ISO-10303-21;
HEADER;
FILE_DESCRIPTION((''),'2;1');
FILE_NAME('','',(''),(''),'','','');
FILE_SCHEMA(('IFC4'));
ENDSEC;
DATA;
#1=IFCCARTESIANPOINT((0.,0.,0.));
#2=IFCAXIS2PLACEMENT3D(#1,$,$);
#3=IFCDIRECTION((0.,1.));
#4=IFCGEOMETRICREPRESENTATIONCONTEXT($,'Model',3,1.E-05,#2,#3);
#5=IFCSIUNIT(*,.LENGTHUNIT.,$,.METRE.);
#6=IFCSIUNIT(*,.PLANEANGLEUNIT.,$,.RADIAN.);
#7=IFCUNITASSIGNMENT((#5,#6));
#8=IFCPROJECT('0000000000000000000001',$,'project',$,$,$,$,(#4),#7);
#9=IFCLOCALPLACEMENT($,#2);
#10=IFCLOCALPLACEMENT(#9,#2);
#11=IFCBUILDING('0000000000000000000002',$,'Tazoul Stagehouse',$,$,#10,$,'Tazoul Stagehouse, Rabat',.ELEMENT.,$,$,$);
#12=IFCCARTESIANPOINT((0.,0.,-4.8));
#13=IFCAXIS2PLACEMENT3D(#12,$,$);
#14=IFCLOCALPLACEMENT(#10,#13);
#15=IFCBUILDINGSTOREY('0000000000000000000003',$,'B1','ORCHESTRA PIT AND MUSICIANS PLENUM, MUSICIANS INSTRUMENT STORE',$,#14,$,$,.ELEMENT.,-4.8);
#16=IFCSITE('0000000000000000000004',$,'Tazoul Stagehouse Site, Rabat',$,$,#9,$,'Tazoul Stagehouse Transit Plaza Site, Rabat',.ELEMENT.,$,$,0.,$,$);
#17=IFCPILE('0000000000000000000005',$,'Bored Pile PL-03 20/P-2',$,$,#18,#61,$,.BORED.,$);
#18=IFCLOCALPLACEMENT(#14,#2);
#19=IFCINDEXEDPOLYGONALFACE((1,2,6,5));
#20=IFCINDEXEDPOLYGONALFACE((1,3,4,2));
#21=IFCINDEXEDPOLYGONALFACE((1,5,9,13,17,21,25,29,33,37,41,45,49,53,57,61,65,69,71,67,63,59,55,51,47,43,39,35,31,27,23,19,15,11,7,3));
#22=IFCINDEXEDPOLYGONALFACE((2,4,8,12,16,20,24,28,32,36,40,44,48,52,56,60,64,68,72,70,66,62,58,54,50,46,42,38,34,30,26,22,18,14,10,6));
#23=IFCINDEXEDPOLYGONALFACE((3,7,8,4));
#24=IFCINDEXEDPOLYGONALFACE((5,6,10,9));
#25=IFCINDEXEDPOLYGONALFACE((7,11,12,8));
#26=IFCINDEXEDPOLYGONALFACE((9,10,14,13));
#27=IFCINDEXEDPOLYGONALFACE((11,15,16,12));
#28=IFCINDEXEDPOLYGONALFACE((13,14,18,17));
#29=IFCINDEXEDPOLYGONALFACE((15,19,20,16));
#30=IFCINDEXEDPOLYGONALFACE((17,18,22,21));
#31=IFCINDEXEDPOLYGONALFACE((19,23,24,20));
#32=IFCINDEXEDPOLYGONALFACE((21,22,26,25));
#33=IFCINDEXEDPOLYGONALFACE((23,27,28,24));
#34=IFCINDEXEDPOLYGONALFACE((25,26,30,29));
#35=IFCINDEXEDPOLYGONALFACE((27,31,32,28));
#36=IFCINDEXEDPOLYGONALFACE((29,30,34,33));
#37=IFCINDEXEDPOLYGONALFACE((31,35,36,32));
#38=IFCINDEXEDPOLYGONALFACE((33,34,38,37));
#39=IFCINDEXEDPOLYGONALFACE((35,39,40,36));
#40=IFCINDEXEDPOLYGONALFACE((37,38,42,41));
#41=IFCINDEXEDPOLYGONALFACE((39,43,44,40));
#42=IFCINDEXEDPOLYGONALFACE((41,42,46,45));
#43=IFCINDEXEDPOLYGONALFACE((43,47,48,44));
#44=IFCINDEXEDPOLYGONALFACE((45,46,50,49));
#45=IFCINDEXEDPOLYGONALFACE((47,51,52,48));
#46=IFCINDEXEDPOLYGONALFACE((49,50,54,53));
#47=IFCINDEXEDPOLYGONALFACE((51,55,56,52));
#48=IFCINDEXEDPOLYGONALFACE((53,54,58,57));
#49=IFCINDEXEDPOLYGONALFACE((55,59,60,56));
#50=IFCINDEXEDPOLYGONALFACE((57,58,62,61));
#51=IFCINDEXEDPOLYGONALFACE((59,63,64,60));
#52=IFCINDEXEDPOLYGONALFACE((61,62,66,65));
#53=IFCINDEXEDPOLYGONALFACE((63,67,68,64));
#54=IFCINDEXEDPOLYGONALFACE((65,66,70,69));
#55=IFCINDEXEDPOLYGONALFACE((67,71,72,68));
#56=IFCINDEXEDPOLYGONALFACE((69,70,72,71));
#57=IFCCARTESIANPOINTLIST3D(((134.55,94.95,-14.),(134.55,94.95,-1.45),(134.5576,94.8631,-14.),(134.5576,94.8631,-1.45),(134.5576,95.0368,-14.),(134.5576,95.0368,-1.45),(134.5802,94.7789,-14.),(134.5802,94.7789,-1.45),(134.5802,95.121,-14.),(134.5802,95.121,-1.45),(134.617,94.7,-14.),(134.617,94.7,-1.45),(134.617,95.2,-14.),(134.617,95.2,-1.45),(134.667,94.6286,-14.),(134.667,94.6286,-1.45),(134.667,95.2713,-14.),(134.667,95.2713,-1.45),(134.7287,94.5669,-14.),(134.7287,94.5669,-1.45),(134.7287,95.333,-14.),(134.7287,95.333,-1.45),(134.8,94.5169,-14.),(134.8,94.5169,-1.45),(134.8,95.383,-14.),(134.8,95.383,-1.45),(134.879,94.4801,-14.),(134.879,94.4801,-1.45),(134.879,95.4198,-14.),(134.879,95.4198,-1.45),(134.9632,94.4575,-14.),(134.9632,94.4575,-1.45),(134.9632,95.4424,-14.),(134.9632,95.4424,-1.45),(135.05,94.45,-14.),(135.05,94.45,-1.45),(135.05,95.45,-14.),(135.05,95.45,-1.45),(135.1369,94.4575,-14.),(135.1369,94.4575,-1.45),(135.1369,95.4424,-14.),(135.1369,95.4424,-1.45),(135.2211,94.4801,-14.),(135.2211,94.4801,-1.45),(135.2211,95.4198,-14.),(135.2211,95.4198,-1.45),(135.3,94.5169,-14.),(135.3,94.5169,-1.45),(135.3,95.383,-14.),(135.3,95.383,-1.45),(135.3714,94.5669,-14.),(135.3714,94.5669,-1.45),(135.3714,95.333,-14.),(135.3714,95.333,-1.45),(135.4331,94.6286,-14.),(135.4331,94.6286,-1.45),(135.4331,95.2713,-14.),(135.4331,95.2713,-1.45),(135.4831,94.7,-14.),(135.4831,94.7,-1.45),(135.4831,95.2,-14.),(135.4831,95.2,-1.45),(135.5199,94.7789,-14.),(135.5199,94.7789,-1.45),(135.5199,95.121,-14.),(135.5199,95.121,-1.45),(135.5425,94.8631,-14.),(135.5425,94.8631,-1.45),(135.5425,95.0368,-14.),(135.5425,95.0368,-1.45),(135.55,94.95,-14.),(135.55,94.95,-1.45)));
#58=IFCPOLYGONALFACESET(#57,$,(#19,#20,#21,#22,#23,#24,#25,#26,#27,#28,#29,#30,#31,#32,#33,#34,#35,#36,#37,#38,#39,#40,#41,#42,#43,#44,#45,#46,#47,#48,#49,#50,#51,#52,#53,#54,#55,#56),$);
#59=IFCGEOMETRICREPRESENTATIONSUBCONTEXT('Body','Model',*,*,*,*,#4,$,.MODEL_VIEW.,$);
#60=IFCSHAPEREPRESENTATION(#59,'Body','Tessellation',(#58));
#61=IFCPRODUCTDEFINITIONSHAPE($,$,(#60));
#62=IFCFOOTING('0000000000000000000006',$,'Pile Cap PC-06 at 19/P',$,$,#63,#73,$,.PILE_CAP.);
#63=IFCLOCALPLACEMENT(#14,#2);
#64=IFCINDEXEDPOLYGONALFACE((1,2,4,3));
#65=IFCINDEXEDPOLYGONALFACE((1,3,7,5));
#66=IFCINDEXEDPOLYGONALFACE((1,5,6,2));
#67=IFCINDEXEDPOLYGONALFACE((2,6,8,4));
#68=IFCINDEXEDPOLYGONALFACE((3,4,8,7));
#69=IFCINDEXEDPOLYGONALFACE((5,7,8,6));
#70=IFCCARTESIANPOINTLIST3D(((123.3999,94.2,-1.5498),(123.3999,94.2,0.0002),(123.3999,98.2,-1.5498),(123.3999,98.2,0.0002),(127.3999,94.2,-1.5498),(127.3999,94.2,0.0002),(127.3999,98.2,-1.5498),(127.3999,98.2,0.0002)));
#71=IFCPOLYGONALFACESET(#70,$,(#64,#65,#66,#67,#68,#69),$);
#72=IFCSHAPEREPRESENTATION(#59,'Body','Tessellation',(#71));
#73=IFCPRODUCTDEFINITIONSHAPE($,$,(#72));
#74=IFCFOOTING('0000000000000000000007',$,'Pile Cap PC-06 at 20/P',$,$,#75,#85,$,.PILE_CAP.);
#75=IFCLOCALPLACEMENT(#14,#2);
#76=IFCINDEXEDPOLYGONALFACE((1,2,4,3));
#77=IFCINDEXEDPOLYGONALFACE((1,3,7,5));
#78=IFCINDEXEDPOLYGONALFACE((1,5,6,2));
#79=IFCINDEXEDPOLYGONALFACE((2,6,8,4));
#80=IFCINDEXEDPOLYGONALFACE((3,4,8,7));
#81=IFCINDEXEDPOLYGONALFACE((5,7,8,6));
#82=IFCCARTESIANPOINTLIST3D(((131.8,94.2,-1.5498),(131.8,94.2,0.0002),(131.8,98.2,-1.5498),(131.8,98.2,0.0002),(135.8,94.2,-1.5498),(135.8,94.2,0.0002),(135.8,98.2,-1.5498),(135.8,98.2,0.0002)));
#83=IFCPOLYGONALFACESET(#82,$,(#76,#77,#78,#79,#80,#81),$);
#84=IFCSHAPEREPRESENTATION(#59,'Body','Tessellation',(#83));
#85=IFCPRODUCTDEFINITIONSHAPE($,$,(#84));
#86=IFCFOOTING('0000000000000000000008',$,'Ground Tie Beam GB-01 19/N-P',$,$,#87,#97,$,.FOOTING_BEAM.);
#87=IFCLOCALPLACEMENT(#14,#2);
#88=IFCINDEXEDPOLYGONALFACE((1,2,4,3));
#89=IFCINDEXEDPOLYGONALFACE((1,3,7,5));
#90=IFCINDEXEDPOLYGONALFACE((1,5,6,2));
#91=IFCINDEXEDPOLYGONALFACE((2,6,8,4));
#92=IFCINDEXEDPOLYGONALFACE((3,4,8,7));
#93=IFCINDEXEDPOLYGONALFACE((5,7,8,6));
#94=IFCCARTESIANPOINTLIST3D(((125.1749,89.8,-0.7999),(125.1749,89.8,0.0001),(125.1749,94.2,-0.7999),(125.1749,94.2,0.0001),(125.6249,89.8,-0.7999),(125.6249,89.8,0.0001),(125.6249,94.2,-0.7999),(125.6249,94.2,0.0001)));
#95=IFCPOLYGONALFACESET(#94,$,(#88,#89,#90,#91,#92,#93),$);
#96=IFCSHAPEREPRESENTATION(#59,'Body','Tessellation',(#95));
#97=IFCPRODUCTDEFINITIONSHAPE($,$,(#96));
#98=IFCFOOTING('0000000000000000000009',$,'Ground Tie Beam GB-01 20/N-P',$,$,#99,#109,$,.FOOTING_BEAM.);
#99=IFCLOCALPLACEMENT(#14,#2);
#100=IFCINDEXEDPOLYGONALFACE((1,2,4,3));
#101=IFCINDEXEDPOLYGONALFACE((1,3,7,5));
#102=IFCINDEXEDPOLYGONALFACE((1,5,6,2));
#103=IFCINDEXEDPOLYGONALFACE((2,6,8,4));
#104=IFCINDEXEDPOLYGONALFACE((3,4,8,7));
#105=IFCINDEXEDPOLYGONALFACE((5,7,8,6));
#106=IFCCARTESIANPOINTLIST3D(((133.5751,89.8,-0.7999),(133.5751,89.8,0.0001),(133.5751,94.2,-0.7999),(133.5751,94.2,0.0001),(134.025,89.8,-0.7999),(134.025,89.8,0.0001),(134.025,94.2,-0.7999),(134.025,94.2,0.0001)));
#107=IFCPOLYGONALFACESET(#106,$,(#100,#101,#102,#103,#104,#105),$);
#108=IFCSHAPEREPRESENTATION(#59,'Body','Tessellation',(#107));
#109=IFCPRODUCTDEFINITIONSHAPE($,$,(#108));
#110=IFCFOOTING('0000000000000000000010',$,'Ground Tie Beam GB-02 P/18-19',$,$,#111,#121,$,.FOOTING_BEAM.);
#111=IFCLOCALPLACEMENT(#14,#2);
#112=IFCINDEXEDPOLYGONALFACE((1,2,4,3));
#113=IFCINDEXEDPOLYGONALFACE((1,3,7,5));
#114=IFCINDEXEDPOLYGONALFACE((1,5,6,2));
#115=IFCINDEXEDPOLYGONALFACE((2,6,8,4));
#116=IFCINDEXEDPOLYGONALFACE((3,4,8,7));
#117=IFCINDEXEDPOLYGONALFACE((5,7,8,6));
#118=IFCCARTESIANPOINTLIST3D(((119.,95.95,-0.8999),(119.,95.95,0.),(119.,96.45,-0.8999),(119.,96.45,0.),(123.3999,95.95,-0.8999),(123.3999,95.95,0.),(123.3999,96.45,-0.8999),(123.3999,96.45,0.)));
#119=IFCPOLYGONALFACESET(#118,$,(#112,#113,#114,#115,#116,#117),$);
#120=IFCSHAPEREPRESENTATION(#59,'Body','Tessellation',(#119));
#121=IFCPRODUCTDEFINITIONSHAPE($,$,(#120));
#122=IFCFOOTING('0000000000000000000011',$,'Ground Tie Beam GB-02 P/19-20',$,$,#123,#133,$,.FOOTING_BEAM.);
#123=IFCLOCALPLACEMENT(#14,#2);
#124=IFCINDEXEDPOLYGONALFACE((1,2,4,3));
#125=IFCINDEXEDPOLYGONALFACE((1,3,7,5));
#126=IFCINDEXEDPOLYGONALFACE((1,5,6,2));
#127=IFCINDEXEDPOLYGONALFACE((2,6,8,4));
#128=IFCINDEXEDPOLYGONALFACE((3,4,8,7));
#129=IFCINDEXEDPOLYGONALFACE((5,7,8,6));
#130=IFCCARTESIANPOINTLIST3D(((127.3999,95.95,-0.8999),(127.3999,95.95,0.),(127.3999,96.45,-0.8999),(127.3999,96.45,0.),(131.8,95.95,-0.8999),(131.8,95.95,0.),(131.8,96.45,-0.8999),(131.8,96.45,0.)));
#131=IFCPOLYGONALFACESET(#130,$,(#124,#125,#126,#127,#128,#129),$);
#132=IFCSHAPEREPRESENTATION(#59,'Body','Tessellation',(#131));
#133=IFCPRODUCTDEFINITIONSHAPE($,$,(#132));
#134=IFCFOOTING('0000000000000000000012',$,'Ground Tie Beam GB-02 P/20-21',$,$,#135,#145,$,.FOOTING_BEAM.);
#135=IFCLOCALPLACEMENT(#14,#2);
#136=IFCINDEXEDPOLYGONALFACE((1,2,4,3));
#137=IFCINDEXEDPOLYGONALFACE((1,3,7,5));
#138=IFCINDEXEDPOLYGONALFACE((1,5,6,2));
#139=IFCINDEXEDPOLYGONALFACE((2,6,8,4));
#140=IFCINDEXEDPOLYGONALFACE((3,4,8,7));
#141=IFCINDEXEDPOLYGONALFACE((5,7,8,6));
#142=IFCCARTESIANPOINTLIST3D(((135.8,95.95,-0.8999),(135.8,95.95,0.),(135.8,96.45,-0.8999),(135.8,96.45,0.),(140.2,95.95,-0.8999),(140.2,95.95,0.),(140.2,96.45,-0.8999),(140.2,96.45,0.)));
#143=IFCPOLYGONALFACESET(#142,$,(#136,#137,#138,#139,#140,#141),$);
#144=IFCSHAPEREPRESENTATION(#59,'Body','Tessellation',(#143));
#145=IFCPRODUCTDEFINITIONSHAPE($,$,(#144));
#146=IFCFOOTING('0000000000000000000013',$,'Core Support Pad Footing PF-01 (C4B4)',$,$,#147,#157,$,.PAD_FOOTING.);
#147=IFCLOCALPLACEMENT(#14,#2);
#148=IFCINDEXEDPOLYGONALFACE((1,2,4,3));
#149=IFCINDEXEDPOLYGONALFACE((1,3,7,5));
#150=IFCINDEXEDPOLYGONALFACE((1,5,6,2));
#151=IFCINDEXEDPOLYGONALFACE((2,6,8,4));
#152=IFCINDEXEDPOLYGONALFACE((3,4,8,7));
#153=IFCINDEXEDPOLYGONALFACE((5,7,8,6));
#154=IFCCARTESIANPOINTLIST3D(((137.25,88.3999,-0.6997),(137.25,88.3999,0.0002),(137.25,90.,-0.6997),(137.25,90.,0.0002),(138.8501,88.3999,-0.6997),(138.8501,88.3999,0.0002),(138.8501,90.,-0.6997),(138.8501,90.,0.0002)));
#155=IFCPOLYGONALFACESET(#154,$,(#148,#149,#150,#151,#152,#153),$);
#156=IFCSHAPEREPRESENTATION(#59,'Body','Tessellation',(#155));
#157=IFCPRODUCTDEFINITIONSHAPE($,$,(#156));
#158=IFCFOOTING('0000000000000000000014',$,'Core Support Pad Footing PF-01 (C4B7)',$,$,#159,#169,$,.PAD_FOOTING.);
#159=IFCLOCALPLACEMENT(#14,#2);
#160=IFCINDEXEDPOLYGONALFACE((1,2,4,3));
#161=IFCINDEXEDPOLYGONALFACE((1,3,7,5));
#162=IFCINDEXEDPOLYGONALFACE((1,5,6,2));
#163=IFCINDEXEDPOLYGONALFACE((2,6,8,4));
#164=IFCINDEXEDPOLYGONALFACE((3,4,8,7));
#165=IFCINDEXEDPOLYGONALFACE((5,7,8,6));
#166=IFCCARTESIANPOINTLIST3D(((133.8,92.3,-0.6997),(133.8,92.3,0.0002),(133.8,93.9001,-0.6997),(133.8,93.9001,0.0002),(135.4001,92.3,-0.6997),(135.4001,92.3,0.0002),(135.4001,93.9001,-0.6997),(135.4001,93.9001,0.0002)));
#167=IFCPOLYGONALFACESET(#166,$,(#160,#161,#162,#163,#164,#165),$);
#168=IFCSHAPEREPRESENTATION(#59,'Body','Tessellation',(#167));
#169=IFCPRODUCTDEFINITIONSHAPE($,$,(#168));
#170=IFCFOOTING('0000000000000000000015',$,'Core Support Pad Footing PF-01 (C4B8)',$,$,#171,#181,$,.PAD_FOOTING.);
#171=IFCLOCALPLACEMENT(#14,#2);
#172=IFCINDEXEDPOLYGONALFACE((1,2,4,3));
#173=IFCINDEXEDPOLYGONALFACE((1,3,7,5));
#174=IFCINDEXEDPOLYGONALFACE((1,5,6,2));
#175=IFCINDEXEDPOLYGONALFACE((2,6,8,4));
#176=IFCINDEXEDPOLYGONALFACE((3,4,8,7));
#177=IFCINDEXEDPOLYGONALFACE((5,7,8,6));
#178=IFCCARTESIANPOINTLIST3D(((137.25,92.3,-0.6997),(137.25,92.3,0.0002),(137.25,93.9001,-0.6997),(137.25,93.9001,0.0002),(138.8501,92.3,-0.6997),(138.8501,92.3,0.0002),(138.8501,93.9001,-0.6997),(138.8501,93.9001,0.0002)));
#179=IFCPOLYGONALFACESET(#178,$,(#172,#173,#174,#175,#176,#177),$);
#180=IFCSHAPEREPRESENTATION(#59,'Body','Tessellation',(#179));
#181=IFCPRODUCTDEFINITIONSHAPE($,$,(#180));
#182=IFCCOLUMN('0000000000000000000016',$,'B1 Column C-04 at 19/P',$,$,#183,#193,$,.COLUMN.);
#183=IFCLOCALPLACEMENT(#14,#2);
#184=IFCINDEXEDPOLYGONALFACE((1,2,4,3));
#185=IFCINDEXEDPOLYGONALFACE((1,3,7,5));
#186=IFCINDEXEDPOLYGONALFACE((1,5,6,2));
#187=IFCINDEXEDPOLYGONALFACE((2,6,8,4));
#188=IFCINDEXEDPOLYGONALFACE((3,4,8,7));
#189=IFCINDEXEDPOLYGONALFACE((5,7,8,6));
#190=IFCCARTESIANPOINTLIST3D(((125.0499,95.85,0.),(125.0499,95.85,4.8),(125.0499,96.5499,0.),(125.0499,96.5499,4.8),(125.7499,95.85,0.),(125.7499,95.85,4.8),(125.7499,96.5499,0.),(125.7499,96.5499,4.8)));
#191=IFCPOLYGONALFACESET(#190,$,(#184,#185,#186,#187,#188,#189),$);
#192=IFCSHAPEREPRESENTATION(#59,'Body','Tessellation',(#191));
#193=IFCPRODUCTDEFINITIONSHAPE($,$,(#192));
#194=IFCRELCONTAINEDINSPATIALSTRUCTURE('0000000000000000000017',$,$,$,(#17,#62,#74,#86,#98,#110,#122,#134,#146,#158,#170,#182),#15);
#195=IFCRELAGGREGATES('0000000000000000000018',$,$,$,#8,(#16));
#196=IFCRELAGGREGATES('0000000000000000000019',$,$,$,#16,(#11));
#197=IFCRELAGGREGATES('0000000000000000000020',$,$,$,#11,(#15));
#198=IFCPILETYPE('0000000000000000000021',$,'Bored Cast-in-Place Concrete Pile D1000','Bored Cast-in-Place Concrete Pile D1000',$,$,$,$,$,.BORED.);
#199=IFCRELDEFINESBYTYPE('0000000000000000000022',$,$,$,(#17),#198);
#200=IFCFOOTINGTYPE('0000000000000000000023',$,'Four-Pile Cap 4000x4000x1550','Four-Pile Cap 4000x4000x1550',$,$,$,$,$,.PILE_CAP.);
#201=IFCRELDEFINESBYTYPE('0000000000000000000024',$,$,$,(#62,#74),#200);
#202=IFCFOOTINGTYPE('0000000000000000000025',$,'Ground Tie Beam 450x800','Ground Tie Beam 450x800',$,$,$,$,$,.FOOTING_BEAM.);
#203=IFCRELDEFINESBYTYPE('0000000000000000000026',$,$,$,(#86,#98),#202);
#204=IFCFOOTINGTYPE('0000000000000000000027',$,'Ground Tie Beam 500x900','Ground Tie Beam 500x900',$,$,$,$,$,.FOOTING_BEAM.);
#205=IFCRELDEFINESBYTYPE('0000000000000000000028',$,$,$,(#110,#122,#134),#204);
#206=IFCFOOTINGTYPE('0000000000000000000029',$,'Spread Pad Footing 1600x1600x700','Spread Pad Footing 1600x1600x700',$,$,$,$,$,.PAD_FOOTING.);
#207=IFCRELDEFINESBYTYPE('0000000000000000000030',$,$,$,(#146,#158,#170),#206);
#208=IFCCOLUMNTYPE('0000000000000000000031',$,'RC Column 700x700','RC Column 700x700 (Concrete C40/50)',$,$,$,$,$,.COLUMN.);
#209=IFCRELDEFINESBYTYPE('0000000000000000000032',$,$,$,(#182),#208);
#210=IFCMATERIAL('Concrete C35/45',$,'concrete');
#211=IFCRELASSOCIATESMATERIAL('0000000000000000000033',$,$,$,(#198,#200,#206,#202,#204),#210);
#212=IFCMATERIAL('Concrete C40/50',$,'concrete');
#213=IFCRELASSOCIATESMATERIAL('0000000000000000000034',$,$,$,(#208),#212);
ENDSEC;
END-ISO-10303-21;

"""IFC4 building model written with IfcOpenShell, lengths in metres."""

from ifc_helpers import new_model, si_unit, direction, frame, origin, origin_2d, place, context, subcontext, project, spatial, rectangle, circle, extrude, material, material_profile, profile_set, type_object, element, save


model = new_model("IFC4")

# Units and contexts
model_context = context("Model", 3, precision=1e-05, world=origin(), true_north=direction((0.0, 1.0)))
body_context = subcontext(model_context, "Body", "Model", "MODEL_VIEW")
ifc_project = project(units=[si_unit("LENGTHUNIT", "METRE"), si_unit("PLANEANGLEUNIT", "RADIAN")], contexts=[model_context])

# Site, building, storey
site_placement = place(None, origin())
site = spatial("IfcSite", under=ifc_project, at=site_placement, Name="Tazoul Stagehouse Site, Rabat", LongName="Tazoul Stagehouse Transit Plaza Site, Rabat", CompositionType="ELEMENT", RefElevation=0.0)
building_placement = place(site_placement, origin())
building = spatial("IfcBuilding", under=site, at=building_placement, Name="Tazoul Stagehouse", LongName="Tazoul Stagehouse, Rabat", CompositionType="ELEMENT")
storey_placement = place(building_placement, frame((0.0, 0.0, -4.8)))
storey = spatial("IfcBuildingStorey", under=building, at=storey_placement, Name="B1", Description="ORCHESTRA PIT AND MUSICIANS PLENUM, MUSICIANS INSTRUMENT STORE", CompositionType="ELEMENT", Elevation=-4.8)

# Pile
ifc_material_1 = material(Name="Concrete C35/45", Category="concrete")
ifc_material_profile_1 = material_profile(ifc_material_1, circle(Radius=0.5, at=origin_2d()), Name="BORED PILE 1000")
ifc_profile_set_1 = profile_set([ifc_material_profile_1], Name="Concrete C35/45")
pile_type = type_object("IfcPileType", Name="Bored Cast-in-Place Concrete Pile D1000", Description="Bored Cast-in-Place Concrete Pile D1000", PredefinedType="BORED", material=ifc_profile_set_1)
for number, where, z_axis, x_axis, name in (
    (1, (135.05, 94.95, -1.45), (0.0, 0.0, -1.0), (1.0, 0.0, 0.0), "Bored Pile PL-03 20/P-2"),
):
    element("IfcPile", number, at=place(storey_placement, frame(where, z_axis=z_axis, x_axis=x_axis)), inside=storey, type_object=pile_type, Name=name, PredefinedType="BORED", context=body_context, shape_type="SweptSolid", body=[
        extrude(circle(Radius=0.5, at=origin_2d()), origin(), (0.0, 0.0, 1.0), 12.55),
    ])

# Footings
footing_type_1 = type_object("IfcFootingType", Name="Four-Pile Cap 4000x4000x1550", Description="Four-Pile Cap 4000x4000x1550", PredefinedType="PILE_CAP", material=ifc_material_1)
for number, where, z_axis, x_axis, name in (
    (2, (125.3999, 96.2, -1.5498), (0.0, 0.0, 1.0), (1.0, 0.0, 0.0), "Pile Cap PC-06 at 19/P"),
    (3, (133.8, 96.2, -1.5498), (0.0, 0.0, 1.0), (1.0, 0.0, 0.0), "Pile Cap PC-06 at 20/P"),
):
    element("IfcFooting", number, at=place(storey_placement, frame(where, z_axis=z_axis, x_axis=x_axis)), inside=storey, type_object=footing_type_1, Name=name, PredefinedType="PILE_CAP", context=body_context, shape_type="SweptSolid", body=[
        extrude(rectangle(XDim=4.0, YDim=4.0, at=origin_2d()), origin(), (0.0, 0.0, 1.0), 1.55),
    ])
ifc_material_profile_2 = material_profile(ifc_material_1, rectangle(XDim=0.45, YDim=0.8, at=origin_2d()), Name="RC 450x800")
ifc_profile_set_2 = profile_set([ifc_material_profile_2], Name="Concrete C35/45")
footing_type_2 = type_object("IfcFootingType", Name="Ground Tie Beam 450x800", Description="Ground Tie Beam 450x800", PredefinedType="FOOTING_BEAM", material=ifc_profile_set_2)
for number, where, z_axis, x_axis, name in (
    (4, (125.3999, 89.8, -0.3999), (0.0, 1.0, 0.0), (-1.0, 0.0, 0.0), "Ground Tie Beam GB-01 19/N-P"),
    (5, (133.8, 89.8, -0.3999), (0.0, 1.0, 0.0), (-1.0, 0.0, 0.0), "Ground Tie Beam GB-01 20/N-P"),
):
    element("IfcFooting", number, at=place(storey_placement, frame(where, z_axis=z_axis, x_axis=x_axis)), inside=storey, type_object=footing_type_2, Name=name, PredefinedType="FOOTING_BEAM", context=body_context, shape_type="SweptSolid", body=[
        extrude(rectangle(XDim=0.45, YDim=0.8, at=origin_2d()), origin(), (0.0, 0.0, 1.0), 4.3999),
    ])
ifc_material_profile_3 = material_profile(ifc_material_1, rectangle(XDim=0.5, YDim=0.8999, at=origin_2d()), Name="RC 500x900")
ifc_profile_set_3 = profile_set([ifc_material_profile_3], Name="Concrete C35/45")
footing_type_3 = type_object("IfcFootingType", Name="Ground Tie Beam 500x900", Description="Ground Tie Beam 500x900", PredefinedType="FOOTING_BEAM", material=ifc_profile_set_3)
footing_1_placement = place(storey_placement, frame((119.0, 96.2, -0.45), z_axis=(1.0, 0.0, 0.0), x_axis=(0.0, 1.0, 0.0)))
element("IfcFooting", 6, at=footing_1_placement, inside=storey, type_object=footing_type_3, Name="Ground Tie Beam GB-02 P/18-19", PredefinedType="FOOTING_BEAM", context=body_context, shape_type="SweptSolid", body=[
    extrude(rectangle(XDim=0.5, YDim=0.8999, at=origin_2d()), origin(), (0.0, 0.0, 1.0), 4.3999),
])
footing_2_placement = place(storey_placement, frame((127.3999, 96.2, -0.45), z_axis=(1.0, 0.0, 0.0), x_axis=(0.0, 1.0, 0.0)))
element("IfcFooting", 7, at=footing_2_placement, inside=storey, type_object=footing_type_3, Name="Ground Tie Beam GB-02 P/19-20", PredefinedType="FOOTING_BEAM", context=body_context, shape_type="SweptSolid", body=[
    extrude(rectangle(XDim=0.5, YDim=0.8999, at=origin_2d()), origin(), (0.0, 0.0, 1.0), 4.4001),
])
footing_3_placement = place(storey_placement, frame((135.8, 96.2, -0.45), z_axis=(1.0, 0.0, 0.0), x_axis=(0.0, 1.0, 0.0)))
element("IfcFooting", 8, at=footing_3_placement, inside=storey, type_object=footing_type_3, Name="Ground Tie Beam GB-02 P/20-21", PredefinedType="FOOTING_BEAM", context=body_context, shape_type="SweptSolid", body=[
    extrude(rectangle(XDim=0.5, YDim=0.8999, at=origin_2d()), origin(), (0.0, 0.0, 1.0), 4.3999),
])
footing_type_4 = type_object("IfcFootingType", Name="Spread Pad Footing 1600x1600x700", Description="Spread Pad Footing 1600x1600x700", PredefinedType="PAD_FOOTING", material=ifc_material_1)
for number, where, z_axis, x_axis, name in (
    (9, (138.05, 89.2, -0.6997), (0.0, 0.0, 1.0), (1.0, 0.0, 0.0), "Core Support Pad Footing PF-01 (C4B4)"),
    (10, (134.6001, 93.1001, -0.6997), (0.0, 0.0, 1.0), (1.0, 0.0, 0.0), "Core Support Pad Footing PF-01 (C4B7)"),
    (11, (138.05, 93.1001, -0.6997), (0.0, 0.0, 1.0), (1.0, 0.0, 0.0), "Core Support Pad Footing PF-01 (C4B8)"),
):
    element("IfcFooting", number, at=place(storey_placement, frame(where, z_axis=z_axis, x_axis=x_axis)), inside=storey, type_object=footing_type_4, Name=name, PredefinedType="PAD_FOOTING", context=body_context, shape_type="SweptSolid", body=[
        extrude(rectangle(XDim=1.6001, YDim=1.6001, at=origin_2d()), origin(), (0.0, 0.0, 1.0), 0.7),
    ])

# Column
ifc_material_2 = material(Name="Concrete C40/50", Category="concrete")
ifc_material_profile_4 = material_profile(ifc_material_2, rectangle(XDim=0.7, YDim=0.7, at=origin_2d()), Name="RC 700x700")
ifc_profile_set_4 = profile_set([ifc_material_profile_4], Name="Concrete C40/50")
column_type = type_object("IfcColumnType", Name="RC Column 700x700", Description="RC Column 700x700 (Concrete C40/50)", PredefinedType="COLUMN", material=ifc_profile_set_4)
for number, where, z_axis, x_axis, name in (
    (12, (125.3999, 96.2, 0.0), (0.0, 0.0, 1.0), (1.0, 0.0, 0.0), "B1 Column C-04 at 19/P"),
):
    element("IfcColumn", number, at=place(storey_placement, frame(where, z_axis=z_axis, x_axis=x_axis)), inside=storey, type_object=column_type, Name=name, PredefinedType="COLUMN", context=body_context, shape_type="SweptSolid", body=[
        extrude(rectangle(XDim=0.7, YDim=0.7, at=origin_2d()), origin(), (0.0, 0.0, 1.0), 4.8),
    ])

save(model, "model.ifc")
